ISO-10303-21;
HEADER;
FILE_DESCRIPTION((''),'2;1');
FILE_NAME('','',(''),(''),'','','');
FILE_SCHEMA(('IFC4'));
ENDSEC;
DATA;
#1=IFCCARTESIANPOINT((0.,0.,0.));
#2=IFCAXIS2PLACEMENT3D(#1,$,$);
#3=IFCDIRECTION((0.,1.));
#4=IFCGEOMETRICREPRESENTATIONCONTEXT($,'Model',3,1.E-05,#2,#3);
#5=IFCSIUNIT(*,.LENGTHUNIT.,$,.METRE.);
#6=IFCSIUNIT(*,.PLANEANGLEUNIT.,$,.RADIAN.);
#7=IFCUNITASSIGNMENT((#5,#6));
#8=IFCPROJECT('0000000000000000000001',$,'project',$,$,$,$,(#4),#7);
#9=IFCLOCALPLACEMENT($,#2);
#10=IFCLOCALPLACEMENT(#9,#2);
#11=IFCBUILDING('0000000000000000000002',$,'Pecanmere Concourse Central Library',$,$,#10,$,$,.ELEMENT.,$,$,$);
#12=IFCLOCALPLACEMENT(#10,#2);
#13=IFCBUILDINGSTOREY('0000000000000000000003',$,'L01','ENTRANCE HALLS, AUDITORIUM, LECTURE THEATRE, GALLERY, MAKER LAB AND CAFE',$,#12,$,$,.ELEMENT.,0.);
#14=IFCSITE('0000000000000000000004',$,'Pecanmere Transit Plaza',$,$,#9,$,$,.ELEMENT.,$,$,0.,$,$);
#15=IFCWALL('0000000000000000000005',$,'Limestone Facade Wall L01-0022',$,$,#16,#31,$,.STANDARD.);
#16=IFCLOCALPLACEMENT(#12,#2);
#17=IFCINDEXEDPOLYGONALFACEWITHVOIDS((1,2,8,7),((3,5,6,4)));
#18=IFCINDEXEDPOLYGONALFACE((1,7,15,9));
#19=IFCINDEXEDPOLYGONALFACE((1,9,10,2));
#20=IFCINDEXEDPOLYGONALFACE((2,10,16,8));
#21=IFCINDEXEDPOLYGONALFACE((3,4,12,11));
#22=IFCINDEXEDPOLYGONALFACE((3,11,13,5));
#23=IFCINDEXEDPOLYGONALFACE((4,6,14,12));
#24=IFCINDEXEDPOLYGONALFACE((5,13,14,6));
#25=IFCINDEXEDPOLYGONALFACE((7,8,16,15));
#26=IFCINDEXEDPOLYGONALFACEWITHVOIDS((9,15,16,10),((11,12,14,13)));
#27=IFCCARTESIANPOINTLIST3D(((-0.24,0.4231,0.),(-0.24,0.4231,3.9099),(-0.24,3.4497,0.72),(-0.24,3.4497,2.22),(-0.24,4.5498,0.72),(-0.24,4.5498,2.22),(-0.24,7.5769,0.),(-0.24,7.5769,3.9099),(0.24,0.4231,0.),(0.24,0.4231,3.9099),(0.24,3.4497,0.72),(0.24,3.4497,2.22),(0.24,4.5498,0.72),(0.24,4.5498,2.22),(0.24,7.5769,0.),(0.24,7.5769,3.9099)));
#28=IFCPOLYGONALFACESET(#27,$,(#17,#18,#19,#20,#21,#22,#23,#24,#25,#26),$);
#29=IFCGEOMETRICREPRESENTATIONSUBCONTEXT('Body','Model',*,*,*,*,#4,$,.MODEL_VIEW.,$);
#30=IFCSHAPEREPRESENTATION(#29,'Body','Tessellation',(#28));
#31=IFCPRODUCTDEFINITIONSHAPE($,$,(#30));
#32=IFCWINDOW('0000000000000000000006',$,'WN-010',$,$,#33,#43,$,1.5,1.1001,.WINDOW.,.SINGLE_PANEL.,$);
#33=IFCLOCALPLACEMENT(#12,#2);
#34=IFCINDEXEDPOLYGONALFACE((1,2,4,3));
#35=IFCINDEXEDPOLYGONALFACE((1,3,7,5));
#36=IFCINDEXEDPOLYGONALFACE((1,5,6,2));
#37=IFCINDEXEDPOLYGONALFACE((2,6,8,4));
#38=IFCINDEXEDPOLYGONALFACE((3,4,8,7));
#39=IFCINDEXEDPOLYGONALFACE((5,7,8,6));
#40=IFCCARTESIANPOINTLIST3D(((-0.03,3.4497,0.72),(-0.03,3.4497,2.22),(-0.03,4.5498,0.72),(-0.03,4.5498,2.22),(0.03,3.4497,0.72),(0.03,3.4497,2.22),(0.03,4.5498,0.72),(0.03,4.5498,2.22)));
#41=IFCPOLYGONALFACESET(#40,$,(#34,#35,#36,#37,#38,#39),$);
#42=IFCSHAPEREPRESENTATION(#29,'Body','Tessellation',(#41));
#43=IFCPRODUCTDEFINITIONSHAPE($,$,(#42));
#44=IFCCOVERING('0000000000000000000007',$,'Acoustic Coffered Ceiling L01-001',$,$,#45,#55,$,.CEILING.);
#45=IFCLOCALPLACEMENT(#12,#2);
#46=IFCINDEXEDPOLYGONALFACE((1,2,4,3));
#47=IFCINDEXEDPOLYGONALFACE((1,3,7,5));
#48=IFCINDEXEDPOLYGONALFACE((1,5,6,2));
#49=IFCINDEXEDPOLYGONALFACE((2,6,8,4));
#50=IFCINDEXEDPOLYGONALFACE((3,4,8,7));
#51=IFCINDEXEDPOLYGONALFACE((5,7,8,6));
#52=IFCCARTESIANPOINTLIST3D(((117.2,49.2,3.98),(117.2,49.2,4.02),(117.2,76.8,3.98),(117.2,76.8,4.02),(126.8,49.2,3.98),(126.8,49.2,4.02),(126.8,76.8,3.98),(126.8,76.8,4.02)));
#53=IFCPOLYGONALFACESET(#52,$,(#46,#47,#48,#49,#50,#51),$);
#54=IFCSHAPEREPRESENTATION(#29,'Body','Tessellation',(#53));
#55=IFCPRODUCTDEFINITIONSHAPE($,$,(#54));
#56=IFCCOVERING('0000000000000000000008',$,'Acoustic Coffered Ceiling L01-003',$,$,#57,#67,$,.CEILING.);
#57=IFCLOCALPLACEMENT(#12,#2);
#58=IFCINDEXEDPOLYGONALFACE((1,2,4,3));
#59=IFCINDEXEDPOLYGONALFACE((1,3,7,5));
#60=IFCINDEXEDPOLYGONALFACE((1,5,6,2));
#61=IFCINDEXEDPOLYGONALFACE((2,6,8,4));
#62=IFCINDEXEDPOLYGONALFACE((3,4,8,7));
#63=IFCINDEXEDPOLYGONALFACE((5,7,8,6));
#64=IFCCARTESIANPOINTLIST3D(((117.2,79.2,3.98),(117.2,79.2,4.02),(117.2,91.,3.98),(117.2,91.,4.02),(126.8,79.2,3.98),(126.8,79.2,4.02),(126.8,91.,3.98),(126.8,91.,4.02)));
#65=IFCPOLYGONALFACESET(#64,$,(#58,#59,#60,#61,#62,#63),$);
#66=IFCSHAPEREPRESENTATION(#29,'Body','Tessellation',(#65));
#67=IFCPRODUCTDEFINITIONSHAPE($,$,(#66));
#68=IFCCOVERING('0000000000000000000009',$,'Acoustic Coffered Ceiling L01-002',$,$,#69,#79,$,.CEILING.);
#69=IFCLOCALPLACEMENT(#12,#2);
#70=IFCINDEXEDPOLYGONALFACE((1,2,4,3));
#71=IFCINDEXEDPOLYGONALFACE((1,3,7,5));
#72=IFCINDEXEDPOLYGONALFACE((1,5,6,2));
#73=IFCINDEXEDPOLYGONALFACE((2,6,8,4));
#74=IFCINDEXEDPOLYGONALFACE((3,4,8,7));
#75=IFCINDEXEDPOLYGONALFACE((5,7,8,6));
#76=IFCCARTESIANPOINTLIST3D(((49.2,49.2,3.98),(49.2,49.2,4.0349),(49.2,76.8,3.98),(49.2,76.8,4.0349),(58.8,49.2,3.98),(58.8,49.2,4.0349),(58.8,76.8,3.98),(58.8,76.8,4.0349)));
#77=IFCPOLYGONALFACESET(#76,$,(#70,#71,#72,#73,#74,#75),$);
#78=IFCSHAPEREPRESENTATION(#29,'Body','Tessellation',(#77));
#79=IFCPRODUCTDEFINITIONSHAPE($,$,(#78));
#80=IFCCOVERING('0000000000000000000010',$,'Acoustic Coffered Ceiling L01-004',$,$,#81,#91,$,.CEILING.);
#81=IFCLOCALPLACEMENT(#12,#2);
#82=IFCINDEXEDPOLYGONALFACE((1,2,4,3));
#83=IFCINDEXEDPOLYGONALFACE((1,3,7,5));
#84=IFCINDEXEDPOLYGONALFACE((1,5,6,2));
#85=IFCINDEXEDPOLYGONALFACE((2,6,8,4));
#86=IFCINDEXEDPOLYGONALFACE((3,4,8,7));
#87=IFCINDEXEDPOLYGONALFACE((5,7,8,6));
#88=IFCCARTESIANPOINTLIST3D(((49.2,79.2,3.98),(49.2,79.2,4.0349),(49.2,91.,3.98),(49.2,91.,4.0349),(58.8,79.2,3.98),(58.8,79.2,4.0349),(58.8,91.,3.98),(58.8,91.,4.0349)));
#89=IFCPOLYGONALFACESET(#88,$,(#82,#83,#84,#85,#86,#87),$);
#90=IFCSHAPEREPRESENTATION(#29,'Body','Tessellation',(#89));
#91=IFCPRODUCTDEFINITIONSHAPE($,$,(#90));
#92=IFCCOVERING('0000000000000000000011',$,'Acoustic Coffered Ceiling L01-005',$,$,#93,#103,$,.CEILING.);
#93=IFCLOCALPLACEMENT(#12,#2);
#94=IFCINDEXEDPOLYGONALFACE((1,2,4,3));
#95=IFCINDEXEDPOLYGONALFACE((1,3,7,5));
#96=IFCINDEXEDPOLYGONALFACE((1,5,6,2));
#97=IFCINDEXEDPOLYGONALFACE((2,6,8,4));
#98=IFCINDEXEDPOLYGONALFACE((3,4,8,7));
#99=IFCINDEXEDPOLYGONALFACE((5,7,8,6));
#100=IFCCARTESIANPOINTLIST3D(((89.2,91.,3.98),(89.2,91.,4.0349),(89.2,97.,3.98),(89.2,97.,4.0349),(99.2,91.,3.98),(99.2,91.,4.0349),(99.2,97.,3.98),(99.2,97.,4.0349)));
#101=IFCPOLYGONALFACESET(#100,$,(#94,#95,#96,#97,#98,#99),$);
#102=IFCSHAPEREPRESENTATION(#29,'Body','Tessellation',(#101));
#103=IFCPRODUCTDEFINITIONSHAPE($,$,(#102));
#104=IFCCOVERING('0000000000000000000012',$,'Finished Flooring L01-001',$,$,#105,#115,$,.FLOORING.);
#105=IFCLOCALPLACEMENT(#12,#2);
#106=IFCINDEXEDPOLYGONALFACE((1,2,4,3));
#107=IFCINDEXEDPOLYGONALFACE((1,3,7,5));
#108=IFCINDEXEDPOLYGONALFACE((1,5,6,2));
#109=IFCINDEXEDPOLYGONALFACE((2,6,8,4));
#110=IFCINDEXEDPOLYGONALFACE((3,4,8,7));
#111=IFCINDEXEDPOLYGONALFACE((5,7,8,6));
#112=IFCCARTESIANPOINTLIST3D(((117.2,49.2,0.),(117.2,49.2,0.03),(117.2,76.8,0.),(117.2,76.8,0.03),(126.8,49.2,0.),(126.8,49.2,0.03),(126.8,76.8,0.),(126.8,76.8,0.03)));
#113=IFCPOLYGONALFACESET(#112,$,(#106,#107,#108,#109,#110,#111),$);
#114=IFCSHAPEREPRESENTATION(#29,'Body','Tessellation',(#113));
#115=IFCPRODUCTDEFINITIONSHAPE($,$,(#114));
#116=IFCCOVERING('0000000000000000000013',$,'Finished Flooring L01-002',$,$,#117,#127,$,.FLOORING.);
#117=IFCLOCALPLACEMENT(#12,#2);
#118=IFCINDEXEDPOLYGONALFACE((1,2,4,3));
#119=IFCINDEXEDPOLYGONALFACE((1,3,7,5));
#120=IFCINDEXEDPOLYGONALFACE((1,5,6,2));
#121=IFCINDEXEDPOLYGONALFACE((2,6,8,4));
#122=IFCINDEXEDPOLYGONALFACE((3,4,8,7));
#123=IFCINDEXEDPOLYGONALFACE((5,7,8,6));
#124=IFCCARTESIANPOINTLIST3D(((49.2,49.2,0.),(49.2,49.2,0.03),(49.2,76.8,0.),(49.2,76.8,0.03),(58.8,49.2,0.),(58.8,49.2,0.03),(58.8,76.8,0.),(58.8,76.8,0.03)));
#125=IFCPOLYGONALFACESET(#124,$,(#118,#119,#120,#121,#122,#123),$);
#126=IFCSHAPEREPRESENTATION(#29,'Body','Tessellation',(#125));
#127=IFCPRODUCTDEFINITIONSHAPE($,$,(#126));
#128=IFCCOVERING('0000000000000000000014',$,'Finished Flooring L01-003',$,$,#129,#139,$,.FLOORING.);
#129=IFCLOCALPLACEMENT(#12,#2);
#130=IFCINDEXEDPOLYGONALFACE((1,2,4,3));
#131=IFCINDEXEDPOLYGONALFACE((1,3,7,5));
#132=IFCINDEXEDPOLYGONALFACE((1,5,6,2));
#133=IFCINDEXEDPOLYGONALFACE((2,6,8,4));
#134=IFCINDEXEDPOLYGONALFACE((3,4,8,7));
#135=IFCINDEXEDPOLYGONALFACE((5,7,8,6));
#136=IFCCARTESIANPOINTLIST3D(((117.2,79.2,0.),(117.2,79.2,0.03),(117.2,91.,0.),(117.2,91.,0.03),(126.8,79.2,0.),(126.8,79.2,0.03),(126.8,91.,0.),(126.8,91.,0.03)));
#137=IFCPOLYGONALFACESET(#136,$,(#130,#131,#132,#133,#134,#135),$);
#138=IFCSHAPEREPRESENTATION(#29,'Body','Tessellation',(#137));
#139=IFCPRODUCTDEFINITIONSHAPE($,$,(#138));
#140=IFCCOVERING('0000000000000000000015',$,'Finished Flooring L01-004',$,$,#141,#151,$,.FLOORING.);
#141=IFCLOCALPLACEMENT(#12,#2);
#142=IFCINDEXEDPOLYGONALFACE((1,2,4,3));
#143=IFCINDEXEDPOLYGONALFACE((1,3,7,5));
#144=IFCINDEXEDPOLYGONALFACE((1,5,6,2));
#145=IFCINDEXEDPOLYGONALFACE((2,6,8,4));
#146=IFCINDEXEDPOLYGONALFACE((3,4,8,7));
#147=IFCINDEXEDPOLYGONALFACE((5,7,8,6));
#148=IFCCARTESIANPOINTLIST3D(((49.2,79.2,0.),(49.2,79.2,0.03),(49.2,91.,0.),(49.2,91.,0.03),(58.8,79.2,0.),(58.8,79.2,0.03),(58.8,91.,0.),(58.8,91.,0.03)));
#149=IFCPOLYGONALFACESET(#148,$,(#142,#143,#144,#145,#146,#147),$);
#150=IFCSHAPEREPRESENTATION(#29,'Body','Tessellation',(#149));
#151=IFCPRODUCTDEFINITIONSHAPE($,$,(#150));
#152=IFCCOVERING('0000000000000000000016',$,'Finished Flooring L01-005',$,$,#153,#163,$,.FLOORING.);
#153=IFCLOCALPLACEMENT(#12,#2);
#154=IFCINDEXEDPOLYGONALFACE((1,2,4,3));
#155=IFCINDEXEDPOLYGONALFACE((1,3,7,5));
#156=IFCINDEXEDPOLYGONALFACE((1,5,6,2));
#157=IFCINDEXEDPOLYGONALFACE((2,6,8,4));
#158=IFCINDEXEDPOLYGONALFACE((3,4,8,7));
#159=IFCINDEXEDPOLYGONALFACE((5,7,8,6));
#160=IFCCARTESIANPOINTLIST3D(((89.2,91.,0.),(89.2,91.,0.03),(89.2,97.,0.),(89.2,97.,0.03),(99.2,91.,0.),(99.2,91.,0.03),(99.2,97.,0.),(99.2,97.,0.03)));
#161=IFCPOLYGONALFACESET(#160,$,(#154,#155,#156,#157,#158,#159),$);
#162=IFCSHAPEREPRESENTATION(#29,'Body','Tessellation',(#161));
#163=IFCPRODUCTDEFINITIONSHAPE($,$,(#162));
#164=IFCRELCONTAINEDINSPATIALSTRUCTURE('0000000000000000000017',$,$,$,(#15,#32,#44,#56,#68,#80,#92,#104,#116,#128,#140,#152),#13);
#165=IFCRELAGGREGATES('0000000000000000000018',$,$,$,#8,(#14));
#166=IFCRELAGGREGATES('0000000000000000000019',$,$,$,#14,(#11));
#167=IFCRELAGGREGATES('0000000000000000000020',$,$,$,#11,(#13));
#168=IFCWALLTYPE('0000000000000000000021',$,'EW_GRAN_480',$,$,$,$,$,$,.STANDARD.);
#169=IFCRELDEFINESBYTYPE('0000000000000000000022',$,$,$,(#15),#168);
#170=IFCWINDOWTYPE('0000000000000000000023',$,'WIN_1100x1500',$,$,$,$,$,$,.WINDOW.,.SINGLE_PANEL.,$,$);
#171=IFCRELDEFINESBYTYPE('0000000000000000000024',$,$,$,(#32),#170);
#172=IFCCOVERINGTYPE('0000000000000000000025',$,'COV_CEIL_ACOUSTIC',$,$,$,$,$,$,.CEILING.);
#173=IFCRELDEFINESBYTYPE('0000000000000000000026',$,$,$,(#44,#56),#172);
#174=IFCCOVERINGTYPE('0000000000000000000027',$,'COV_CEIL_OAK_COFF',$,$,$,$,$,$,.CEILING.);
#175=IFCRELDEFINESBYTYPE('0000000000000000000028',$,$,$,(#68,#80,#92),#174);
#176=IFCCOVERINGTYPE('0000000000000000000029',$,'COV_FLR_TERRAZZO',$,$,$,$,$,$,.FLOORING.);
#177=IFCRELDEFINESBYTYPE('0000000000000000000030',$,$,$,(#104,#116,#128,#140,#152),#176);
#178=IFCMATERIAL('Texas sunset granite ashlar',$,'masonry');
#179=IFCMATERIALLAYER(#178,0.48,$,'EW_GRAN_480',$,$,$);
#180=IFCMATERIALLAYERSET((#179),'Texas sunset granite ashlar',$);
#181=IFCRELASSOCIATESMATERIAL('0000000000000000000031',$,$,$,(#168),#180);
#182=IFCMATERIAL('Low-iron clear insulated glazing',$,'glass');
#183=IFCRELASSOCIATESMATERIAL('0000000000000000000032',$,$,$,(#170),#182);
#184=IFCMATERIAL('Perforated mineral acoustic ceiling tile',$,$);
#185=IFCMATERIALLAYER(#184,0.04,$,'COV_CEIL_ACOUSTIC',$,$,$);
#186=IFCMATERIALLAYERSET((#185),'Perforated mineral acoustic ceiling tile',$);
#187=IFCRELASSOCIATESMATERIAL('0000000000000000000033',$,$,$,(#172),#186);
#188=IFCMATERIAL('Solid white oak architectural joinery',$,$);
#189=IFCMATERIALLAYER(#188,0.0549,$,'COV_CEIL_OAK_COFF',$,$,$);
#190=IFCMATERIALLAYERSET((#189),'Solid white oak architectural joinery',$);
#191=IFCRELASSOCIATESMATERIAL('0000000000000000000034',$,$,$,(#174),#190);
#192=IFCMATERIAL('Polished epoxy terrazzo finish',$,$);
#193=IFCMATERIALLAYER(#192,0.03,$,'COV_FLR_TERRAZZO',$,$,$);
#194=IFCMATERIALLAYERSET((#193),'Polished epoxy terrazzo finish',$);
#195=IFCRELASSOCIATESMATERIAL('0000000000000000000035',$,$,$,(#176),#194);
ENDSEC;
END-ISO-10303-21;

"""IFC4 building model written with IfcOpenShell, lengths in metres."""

from ifc_helpers import new_model, si_unit, direction, frame, frame_2d, origin, place, context, subcontext, project, spatial, polyline, rectangle, outline, extrude, material, layer, layer_set, type_object, element, fill, save


model = new_model("IFC4")

# Units and contexts
model_context = context("Model", 3, precision=1e-05, world=origin(), true_north=direction((0.0, 1.0)))
body_context = subcontext(model_context, "Body", "Model", "MODEL_VIEW")
ifc_project = project(units=[si_unit("LENGTHUNIT", "METRE"), si_unit("PLANEANGLEUNIT", "RADIAN")], contexts=[model_context])

# Site, building, storey
site_placement = place(None, origin())
site = spatial("IfcSite", under=ifc_project, at=site_placement, Name="Pecanmere Transit Plaza", CompositionType="ELEMENT", RefElevation=0.0)
building_placement = place(site_placement, origin())
building = spatial("IfcBuilding", under=site, at=building_placement, Name="Pecanmere Concourse Central Library", CompositionType="ELEMENT")
storey_placement = place(building_placement, origin())
storey = spatial("IfcBuildingStorey", under=building, at=storey_placement, Name="L01", Description="ENTRANCE HALLS, AUDITORIUM, LECTURE THEATRE, GALLERY, MAKER LAB AND CAFE", CompositionType="ELEMENT", Elevation=0.0)

# Wall, opening, window
ifc_material_1 = material(Name="Texas sunset granite ashlar", Category="masonry")
ifc_layer_1 = layer(ifc_material_1, 0.48, Name="EW_GRAN_480")
ifc_layer_set_1 = layer_set([ifc_layer_1], Name="Texas sunset granite ashlar")
wall_type = type_object("IfcWallType", Name="EW_GRAN_480", PredefinedType="STANDARD", material=ifc_layer_set_1)
wall_placement = place(storey_placement, frame((0.0, 7.5769, 0.0), z_axis=(0.0, 0.0, 1.0), x_axis=(0.0, -1.0, 0.0)))
wall = element("IfcWall", 1, at=wall_placement, inside=storey, type_object=wall_type, Name="Limestone Facade Wall L01-0022", PredefinedType="STANDARD", context=body_context, shape_type="SweptSolid", body=[
    extrude(rectangle(XDim=7.1538, YDim=0.48, at=frame_2d((3.5769, 0.0))), origin(), (0.0, 0.0, 1.0), 3.9099),
])
opening_placement = place(wall_placement, frame((3.0271, 0.0, 0.72)))
opening = element("IfcOpeningElement", 2, at=opening_placement, cuts=wall, PredefinedType="OPENING", context=body_context, shape_type="SweptSolid", body=[
    extrude(rectangle(XDim=1.1001, YDim=1.5, at=frame_2d((0.55, 0.75))), frame((0.0, 0.252, 0.0), z_axis=(0.0, -1.0, 0.0), x_axis=(1.0, 0.0, 0.0)), (0.0, 0.0, 1.0), 0.5039),
])
ifc_material_2 = material(Name="Low-iron clear insulated glazing", Category="glass")
window_type = type_object("IfcWindowType", Name="WIN_1100x1500", PartitioningType="SINGLE_PANEL", PredefinedType="WINDOW", material=ifc_material_2)
window_placement = place(opening_placement, origin())
window = element("IfcWindow", 3, at=window_placement, inside=storey, type_object=window_type, Name="WN-010", OverallHeight=1.5, OverallWidth=1.1001, PartitioningType="SINGLE_PANEL", PredefinedType="WINDOW", context=body_context, shape_type="SweptSolid", body=[
    extrude(rectangle(XDim=1.1001, YDim=1.5, at=frame_2d((0.55, 0.75))), frame((0.0, 0.03, 0.0), z_axis=(0.0, -1.0, 0.0), x_axis=(1.0, 0.0, 0.0)), (0.0, 0.0, 1.0), 0.0601),
])
fill(opening, window)

# Coverings
ifc_material_3 = material(Name="Perforated mineral acoustic ceiling tile")
ifc_layer_2 = layer(ifc_material_3, 0.04, Name="COV_CEIL_ACOUSTIC")
ifc_layer_set_2 = layer_set([ifc_layer_2], Name="Perforated mineral acoustic ceiling tile")
covering_type_1 = type_object("IfcCoveringType", Name="COV_CEIL_ACOUSTIC", PredefinedType="CEILING", material=ifc_layer_set_2)
covering_1_placement = place(storey_placement, frame((0.0, 0.0, 3.98)))
element("IfcCovering", 4, at=covering_1_placement, inside=storey, type_object=covering_type_1, Name="Acoustic Coffered Ceiling L01-001", PredefinedType="CEILING", context=body_context, shape_type="SweptSolid", body=[
    extrude(outline(polyline([(117.2, 49.2), (126.8, 49.2), (126.8, 76.8), (117.2, 76.8), (117.2, 49.2)])), origin(), (0.0, 0.0, 1.0), 0.04),
])
covering_2_placement = place(storey_placement, frame((0.0, 0.0, 3.98)))
element("IfcCovering", 5, at=covering_2_placement, inside=storey, type_object=covering_type_1, Name="Acoustic Coffered Ceiling L01-003", PredefinedType="CEILING", context=body_context, shape_type="SweptSolid", body=[
    extrude(outline(polyline([(117.2, 79.2), (126.8, 79.2), (126.8, 91.0), (117.2, 91.0), (117.2, 79.2)])), origin(), (0.0, 0.0, 1.0), 0.04),
])
ifc_material_4 = material(Name="Solid white oak architectural joinery")
ifc_layer_3 = layer(ifc_material_4, 0.0549, Name="COV_CEIL_OAK_COFF")
ifc_layer_set_3 = layer_set([ifc_layer_3], Name="Solid white oak architectural joinery")
covering_type_2 = type_object("IfcCoveringType", Name="COV_CEIL_OAK_COFF", PredefinedType="CEILING", material=ifc_layer_set_3)
covering_3_placement = place(storey_placement, frame((0.0, 0.0, 3.98)))
element("IfcCovering", 6, at=covering_3_placement, inside=storey, type_object=covering_type_2, Name="Acoustic Coffered Ceiling L01-002", PredefinedType="CEILING", context=body_context, shape_type="SweptSolid", body=[
    extrude(outline(polyline([(49.2, 49.2), (58.8, 49.2), (58.8, 76.8), (49.2, 76.8), (49.2, 49.2)])), origin(), (0.0, 0.0, 1.0), 0.0549),
])
covering_4_placement = place(storey_placement, frame((0.0, 0.0, 3.98)))
element("IfcCovering", 7, at=covering_4_placement, inside=storey, type_object=covering_type_2, Name="Acoustic Coffered Ceiling L01-004", PredefinedType="CEILING", context=body_context, shape_type="SweptSolid", body=[
    extrude(outline(polyline([(49.2, 79.2), (58.8, 79.2), (58.8, 91.0), (49.2, 91.0), (49.2, 79.2)])), origin(), (0.0, 0.0, 1.0), 0.0549),
])
covering_5_placement = place(storey_placement, frame((0.0, 0.0, 3.98)))
element("IfcCovering", 8, at=covering_5_placement, inside=storey, type_object=covering_type_2, Name="Acoustic Coffered Ceiling L01-005", PredefinedType="CEILING", context=body_context, shape_type="SweptSolid", body=[
    extrude(outline(polyline([(89.2, 91.0), (99.2, 91.0), (99.2, 97.0), (89.2, 97.0), (89.2, 91.0)])), origin(), (0.0, 0.0, 1.0), 0.0549),
])
ifc_material_5 = material(Name="Polished epoxy terrazzo finish")
ifc_layer_4 = layer(ifc_material_5, 0.03, Name="COV_FLR_TERRAZZO")
ifc_layer_set_4 = layer_set([ifc_layer_4], Name="Polished epoxy terrazzo finish")
covering_type_3 = type_object("IfcCoveringType", Name="COV_FLR_TERRAZZO", PredefinedType="FLOORING", material=ifc_layer_set_4)
covering_6_placement = place(storey_placement, origin())
element("IfcCovering", 9, at=covering_6_placement, inside=storey, type_object=covering_type_3, Name="Finished Flooring L01-001", PredefinedType="FLOORING", context=body_context, shape_type="SweptSolid", body=[
    extrude(outline(polyline([(117.2, 49.2), (126.8, 49.2), (126.8, 76.8), (117.2, 76.8), (117.2, 49.2)])), origin(), (0.0, 0.0, 1.0), 0.03),
])
covering_7_placement = place(storey_placement, origin())
element("IfcCovering", 10, at=covering_7_placement, inside=storey, type_object=covering_type_3, Name="Finished Flooring L01-002", PredefinedType="FLOORING", context=body_context, shape_type="SweptSolid", body=[
    extrude(outline(polyline([(49.2, 49.2), (58.8, 49.2), (58.8, 76.8), (49.2, 76.8), (49.2, 49.2)])), origin(), (0.0, 0.0, 1.0), 0.03),
])
covering_8_placement = place(storey_placement, origin())
element("IfcCovering", 11, at=covering_8_placement, inside=storey, type_object=covering_type_3, Name="Finished Flooring L01-003", PredefinedType="FLOORING", context=body_context, shape_type="SweptSolid", body=[
    extrude(outline(polyline([(117.2, 79.2), (126.8, 79.2), (126.8, 91.0), (117.2, 91.0), (117.2, 79.2)])), origin(), (0.0, 0.0, 1.0), 0.03),
])
covering_9_placement = place(storey_placement, origin())
element("IfcCovering", 12, at=covering_9_placement, inside=storey, type_object=covering_type_3, Name="Finished Flooring L01-004", PredefinedType="FLOORING", context=body_context, shape_type="SweptSolid", body=[
    extrude(outline(polyline([(49.2, 79.2), (58.8, 79.2), (58.8, 91.0), (49.2, 91.0), (49.2, 79.2)])), origin(), (0.0, 0.0, 1.0), 0.03),
])
covering_10_placement = place(storey_placement, origin())
element("IfcCovering", 13, at=covering_10_placement, inside=storey, type_object=covering_type_3, Name="Finished Flooring L01-005", PredefinedType="FLOORING", context=body_context, shape_type="SweptSolid", body=[
    extrude(outline(polyline([(89.2, 91.0), (99.2, 91.0), (99.2, 97.0), (89.2, 97.0), (89.2, 91.0)])), origin(), (0.0, 0.0, 1.0), 0.03),
])

save(model, "model.ifc")
